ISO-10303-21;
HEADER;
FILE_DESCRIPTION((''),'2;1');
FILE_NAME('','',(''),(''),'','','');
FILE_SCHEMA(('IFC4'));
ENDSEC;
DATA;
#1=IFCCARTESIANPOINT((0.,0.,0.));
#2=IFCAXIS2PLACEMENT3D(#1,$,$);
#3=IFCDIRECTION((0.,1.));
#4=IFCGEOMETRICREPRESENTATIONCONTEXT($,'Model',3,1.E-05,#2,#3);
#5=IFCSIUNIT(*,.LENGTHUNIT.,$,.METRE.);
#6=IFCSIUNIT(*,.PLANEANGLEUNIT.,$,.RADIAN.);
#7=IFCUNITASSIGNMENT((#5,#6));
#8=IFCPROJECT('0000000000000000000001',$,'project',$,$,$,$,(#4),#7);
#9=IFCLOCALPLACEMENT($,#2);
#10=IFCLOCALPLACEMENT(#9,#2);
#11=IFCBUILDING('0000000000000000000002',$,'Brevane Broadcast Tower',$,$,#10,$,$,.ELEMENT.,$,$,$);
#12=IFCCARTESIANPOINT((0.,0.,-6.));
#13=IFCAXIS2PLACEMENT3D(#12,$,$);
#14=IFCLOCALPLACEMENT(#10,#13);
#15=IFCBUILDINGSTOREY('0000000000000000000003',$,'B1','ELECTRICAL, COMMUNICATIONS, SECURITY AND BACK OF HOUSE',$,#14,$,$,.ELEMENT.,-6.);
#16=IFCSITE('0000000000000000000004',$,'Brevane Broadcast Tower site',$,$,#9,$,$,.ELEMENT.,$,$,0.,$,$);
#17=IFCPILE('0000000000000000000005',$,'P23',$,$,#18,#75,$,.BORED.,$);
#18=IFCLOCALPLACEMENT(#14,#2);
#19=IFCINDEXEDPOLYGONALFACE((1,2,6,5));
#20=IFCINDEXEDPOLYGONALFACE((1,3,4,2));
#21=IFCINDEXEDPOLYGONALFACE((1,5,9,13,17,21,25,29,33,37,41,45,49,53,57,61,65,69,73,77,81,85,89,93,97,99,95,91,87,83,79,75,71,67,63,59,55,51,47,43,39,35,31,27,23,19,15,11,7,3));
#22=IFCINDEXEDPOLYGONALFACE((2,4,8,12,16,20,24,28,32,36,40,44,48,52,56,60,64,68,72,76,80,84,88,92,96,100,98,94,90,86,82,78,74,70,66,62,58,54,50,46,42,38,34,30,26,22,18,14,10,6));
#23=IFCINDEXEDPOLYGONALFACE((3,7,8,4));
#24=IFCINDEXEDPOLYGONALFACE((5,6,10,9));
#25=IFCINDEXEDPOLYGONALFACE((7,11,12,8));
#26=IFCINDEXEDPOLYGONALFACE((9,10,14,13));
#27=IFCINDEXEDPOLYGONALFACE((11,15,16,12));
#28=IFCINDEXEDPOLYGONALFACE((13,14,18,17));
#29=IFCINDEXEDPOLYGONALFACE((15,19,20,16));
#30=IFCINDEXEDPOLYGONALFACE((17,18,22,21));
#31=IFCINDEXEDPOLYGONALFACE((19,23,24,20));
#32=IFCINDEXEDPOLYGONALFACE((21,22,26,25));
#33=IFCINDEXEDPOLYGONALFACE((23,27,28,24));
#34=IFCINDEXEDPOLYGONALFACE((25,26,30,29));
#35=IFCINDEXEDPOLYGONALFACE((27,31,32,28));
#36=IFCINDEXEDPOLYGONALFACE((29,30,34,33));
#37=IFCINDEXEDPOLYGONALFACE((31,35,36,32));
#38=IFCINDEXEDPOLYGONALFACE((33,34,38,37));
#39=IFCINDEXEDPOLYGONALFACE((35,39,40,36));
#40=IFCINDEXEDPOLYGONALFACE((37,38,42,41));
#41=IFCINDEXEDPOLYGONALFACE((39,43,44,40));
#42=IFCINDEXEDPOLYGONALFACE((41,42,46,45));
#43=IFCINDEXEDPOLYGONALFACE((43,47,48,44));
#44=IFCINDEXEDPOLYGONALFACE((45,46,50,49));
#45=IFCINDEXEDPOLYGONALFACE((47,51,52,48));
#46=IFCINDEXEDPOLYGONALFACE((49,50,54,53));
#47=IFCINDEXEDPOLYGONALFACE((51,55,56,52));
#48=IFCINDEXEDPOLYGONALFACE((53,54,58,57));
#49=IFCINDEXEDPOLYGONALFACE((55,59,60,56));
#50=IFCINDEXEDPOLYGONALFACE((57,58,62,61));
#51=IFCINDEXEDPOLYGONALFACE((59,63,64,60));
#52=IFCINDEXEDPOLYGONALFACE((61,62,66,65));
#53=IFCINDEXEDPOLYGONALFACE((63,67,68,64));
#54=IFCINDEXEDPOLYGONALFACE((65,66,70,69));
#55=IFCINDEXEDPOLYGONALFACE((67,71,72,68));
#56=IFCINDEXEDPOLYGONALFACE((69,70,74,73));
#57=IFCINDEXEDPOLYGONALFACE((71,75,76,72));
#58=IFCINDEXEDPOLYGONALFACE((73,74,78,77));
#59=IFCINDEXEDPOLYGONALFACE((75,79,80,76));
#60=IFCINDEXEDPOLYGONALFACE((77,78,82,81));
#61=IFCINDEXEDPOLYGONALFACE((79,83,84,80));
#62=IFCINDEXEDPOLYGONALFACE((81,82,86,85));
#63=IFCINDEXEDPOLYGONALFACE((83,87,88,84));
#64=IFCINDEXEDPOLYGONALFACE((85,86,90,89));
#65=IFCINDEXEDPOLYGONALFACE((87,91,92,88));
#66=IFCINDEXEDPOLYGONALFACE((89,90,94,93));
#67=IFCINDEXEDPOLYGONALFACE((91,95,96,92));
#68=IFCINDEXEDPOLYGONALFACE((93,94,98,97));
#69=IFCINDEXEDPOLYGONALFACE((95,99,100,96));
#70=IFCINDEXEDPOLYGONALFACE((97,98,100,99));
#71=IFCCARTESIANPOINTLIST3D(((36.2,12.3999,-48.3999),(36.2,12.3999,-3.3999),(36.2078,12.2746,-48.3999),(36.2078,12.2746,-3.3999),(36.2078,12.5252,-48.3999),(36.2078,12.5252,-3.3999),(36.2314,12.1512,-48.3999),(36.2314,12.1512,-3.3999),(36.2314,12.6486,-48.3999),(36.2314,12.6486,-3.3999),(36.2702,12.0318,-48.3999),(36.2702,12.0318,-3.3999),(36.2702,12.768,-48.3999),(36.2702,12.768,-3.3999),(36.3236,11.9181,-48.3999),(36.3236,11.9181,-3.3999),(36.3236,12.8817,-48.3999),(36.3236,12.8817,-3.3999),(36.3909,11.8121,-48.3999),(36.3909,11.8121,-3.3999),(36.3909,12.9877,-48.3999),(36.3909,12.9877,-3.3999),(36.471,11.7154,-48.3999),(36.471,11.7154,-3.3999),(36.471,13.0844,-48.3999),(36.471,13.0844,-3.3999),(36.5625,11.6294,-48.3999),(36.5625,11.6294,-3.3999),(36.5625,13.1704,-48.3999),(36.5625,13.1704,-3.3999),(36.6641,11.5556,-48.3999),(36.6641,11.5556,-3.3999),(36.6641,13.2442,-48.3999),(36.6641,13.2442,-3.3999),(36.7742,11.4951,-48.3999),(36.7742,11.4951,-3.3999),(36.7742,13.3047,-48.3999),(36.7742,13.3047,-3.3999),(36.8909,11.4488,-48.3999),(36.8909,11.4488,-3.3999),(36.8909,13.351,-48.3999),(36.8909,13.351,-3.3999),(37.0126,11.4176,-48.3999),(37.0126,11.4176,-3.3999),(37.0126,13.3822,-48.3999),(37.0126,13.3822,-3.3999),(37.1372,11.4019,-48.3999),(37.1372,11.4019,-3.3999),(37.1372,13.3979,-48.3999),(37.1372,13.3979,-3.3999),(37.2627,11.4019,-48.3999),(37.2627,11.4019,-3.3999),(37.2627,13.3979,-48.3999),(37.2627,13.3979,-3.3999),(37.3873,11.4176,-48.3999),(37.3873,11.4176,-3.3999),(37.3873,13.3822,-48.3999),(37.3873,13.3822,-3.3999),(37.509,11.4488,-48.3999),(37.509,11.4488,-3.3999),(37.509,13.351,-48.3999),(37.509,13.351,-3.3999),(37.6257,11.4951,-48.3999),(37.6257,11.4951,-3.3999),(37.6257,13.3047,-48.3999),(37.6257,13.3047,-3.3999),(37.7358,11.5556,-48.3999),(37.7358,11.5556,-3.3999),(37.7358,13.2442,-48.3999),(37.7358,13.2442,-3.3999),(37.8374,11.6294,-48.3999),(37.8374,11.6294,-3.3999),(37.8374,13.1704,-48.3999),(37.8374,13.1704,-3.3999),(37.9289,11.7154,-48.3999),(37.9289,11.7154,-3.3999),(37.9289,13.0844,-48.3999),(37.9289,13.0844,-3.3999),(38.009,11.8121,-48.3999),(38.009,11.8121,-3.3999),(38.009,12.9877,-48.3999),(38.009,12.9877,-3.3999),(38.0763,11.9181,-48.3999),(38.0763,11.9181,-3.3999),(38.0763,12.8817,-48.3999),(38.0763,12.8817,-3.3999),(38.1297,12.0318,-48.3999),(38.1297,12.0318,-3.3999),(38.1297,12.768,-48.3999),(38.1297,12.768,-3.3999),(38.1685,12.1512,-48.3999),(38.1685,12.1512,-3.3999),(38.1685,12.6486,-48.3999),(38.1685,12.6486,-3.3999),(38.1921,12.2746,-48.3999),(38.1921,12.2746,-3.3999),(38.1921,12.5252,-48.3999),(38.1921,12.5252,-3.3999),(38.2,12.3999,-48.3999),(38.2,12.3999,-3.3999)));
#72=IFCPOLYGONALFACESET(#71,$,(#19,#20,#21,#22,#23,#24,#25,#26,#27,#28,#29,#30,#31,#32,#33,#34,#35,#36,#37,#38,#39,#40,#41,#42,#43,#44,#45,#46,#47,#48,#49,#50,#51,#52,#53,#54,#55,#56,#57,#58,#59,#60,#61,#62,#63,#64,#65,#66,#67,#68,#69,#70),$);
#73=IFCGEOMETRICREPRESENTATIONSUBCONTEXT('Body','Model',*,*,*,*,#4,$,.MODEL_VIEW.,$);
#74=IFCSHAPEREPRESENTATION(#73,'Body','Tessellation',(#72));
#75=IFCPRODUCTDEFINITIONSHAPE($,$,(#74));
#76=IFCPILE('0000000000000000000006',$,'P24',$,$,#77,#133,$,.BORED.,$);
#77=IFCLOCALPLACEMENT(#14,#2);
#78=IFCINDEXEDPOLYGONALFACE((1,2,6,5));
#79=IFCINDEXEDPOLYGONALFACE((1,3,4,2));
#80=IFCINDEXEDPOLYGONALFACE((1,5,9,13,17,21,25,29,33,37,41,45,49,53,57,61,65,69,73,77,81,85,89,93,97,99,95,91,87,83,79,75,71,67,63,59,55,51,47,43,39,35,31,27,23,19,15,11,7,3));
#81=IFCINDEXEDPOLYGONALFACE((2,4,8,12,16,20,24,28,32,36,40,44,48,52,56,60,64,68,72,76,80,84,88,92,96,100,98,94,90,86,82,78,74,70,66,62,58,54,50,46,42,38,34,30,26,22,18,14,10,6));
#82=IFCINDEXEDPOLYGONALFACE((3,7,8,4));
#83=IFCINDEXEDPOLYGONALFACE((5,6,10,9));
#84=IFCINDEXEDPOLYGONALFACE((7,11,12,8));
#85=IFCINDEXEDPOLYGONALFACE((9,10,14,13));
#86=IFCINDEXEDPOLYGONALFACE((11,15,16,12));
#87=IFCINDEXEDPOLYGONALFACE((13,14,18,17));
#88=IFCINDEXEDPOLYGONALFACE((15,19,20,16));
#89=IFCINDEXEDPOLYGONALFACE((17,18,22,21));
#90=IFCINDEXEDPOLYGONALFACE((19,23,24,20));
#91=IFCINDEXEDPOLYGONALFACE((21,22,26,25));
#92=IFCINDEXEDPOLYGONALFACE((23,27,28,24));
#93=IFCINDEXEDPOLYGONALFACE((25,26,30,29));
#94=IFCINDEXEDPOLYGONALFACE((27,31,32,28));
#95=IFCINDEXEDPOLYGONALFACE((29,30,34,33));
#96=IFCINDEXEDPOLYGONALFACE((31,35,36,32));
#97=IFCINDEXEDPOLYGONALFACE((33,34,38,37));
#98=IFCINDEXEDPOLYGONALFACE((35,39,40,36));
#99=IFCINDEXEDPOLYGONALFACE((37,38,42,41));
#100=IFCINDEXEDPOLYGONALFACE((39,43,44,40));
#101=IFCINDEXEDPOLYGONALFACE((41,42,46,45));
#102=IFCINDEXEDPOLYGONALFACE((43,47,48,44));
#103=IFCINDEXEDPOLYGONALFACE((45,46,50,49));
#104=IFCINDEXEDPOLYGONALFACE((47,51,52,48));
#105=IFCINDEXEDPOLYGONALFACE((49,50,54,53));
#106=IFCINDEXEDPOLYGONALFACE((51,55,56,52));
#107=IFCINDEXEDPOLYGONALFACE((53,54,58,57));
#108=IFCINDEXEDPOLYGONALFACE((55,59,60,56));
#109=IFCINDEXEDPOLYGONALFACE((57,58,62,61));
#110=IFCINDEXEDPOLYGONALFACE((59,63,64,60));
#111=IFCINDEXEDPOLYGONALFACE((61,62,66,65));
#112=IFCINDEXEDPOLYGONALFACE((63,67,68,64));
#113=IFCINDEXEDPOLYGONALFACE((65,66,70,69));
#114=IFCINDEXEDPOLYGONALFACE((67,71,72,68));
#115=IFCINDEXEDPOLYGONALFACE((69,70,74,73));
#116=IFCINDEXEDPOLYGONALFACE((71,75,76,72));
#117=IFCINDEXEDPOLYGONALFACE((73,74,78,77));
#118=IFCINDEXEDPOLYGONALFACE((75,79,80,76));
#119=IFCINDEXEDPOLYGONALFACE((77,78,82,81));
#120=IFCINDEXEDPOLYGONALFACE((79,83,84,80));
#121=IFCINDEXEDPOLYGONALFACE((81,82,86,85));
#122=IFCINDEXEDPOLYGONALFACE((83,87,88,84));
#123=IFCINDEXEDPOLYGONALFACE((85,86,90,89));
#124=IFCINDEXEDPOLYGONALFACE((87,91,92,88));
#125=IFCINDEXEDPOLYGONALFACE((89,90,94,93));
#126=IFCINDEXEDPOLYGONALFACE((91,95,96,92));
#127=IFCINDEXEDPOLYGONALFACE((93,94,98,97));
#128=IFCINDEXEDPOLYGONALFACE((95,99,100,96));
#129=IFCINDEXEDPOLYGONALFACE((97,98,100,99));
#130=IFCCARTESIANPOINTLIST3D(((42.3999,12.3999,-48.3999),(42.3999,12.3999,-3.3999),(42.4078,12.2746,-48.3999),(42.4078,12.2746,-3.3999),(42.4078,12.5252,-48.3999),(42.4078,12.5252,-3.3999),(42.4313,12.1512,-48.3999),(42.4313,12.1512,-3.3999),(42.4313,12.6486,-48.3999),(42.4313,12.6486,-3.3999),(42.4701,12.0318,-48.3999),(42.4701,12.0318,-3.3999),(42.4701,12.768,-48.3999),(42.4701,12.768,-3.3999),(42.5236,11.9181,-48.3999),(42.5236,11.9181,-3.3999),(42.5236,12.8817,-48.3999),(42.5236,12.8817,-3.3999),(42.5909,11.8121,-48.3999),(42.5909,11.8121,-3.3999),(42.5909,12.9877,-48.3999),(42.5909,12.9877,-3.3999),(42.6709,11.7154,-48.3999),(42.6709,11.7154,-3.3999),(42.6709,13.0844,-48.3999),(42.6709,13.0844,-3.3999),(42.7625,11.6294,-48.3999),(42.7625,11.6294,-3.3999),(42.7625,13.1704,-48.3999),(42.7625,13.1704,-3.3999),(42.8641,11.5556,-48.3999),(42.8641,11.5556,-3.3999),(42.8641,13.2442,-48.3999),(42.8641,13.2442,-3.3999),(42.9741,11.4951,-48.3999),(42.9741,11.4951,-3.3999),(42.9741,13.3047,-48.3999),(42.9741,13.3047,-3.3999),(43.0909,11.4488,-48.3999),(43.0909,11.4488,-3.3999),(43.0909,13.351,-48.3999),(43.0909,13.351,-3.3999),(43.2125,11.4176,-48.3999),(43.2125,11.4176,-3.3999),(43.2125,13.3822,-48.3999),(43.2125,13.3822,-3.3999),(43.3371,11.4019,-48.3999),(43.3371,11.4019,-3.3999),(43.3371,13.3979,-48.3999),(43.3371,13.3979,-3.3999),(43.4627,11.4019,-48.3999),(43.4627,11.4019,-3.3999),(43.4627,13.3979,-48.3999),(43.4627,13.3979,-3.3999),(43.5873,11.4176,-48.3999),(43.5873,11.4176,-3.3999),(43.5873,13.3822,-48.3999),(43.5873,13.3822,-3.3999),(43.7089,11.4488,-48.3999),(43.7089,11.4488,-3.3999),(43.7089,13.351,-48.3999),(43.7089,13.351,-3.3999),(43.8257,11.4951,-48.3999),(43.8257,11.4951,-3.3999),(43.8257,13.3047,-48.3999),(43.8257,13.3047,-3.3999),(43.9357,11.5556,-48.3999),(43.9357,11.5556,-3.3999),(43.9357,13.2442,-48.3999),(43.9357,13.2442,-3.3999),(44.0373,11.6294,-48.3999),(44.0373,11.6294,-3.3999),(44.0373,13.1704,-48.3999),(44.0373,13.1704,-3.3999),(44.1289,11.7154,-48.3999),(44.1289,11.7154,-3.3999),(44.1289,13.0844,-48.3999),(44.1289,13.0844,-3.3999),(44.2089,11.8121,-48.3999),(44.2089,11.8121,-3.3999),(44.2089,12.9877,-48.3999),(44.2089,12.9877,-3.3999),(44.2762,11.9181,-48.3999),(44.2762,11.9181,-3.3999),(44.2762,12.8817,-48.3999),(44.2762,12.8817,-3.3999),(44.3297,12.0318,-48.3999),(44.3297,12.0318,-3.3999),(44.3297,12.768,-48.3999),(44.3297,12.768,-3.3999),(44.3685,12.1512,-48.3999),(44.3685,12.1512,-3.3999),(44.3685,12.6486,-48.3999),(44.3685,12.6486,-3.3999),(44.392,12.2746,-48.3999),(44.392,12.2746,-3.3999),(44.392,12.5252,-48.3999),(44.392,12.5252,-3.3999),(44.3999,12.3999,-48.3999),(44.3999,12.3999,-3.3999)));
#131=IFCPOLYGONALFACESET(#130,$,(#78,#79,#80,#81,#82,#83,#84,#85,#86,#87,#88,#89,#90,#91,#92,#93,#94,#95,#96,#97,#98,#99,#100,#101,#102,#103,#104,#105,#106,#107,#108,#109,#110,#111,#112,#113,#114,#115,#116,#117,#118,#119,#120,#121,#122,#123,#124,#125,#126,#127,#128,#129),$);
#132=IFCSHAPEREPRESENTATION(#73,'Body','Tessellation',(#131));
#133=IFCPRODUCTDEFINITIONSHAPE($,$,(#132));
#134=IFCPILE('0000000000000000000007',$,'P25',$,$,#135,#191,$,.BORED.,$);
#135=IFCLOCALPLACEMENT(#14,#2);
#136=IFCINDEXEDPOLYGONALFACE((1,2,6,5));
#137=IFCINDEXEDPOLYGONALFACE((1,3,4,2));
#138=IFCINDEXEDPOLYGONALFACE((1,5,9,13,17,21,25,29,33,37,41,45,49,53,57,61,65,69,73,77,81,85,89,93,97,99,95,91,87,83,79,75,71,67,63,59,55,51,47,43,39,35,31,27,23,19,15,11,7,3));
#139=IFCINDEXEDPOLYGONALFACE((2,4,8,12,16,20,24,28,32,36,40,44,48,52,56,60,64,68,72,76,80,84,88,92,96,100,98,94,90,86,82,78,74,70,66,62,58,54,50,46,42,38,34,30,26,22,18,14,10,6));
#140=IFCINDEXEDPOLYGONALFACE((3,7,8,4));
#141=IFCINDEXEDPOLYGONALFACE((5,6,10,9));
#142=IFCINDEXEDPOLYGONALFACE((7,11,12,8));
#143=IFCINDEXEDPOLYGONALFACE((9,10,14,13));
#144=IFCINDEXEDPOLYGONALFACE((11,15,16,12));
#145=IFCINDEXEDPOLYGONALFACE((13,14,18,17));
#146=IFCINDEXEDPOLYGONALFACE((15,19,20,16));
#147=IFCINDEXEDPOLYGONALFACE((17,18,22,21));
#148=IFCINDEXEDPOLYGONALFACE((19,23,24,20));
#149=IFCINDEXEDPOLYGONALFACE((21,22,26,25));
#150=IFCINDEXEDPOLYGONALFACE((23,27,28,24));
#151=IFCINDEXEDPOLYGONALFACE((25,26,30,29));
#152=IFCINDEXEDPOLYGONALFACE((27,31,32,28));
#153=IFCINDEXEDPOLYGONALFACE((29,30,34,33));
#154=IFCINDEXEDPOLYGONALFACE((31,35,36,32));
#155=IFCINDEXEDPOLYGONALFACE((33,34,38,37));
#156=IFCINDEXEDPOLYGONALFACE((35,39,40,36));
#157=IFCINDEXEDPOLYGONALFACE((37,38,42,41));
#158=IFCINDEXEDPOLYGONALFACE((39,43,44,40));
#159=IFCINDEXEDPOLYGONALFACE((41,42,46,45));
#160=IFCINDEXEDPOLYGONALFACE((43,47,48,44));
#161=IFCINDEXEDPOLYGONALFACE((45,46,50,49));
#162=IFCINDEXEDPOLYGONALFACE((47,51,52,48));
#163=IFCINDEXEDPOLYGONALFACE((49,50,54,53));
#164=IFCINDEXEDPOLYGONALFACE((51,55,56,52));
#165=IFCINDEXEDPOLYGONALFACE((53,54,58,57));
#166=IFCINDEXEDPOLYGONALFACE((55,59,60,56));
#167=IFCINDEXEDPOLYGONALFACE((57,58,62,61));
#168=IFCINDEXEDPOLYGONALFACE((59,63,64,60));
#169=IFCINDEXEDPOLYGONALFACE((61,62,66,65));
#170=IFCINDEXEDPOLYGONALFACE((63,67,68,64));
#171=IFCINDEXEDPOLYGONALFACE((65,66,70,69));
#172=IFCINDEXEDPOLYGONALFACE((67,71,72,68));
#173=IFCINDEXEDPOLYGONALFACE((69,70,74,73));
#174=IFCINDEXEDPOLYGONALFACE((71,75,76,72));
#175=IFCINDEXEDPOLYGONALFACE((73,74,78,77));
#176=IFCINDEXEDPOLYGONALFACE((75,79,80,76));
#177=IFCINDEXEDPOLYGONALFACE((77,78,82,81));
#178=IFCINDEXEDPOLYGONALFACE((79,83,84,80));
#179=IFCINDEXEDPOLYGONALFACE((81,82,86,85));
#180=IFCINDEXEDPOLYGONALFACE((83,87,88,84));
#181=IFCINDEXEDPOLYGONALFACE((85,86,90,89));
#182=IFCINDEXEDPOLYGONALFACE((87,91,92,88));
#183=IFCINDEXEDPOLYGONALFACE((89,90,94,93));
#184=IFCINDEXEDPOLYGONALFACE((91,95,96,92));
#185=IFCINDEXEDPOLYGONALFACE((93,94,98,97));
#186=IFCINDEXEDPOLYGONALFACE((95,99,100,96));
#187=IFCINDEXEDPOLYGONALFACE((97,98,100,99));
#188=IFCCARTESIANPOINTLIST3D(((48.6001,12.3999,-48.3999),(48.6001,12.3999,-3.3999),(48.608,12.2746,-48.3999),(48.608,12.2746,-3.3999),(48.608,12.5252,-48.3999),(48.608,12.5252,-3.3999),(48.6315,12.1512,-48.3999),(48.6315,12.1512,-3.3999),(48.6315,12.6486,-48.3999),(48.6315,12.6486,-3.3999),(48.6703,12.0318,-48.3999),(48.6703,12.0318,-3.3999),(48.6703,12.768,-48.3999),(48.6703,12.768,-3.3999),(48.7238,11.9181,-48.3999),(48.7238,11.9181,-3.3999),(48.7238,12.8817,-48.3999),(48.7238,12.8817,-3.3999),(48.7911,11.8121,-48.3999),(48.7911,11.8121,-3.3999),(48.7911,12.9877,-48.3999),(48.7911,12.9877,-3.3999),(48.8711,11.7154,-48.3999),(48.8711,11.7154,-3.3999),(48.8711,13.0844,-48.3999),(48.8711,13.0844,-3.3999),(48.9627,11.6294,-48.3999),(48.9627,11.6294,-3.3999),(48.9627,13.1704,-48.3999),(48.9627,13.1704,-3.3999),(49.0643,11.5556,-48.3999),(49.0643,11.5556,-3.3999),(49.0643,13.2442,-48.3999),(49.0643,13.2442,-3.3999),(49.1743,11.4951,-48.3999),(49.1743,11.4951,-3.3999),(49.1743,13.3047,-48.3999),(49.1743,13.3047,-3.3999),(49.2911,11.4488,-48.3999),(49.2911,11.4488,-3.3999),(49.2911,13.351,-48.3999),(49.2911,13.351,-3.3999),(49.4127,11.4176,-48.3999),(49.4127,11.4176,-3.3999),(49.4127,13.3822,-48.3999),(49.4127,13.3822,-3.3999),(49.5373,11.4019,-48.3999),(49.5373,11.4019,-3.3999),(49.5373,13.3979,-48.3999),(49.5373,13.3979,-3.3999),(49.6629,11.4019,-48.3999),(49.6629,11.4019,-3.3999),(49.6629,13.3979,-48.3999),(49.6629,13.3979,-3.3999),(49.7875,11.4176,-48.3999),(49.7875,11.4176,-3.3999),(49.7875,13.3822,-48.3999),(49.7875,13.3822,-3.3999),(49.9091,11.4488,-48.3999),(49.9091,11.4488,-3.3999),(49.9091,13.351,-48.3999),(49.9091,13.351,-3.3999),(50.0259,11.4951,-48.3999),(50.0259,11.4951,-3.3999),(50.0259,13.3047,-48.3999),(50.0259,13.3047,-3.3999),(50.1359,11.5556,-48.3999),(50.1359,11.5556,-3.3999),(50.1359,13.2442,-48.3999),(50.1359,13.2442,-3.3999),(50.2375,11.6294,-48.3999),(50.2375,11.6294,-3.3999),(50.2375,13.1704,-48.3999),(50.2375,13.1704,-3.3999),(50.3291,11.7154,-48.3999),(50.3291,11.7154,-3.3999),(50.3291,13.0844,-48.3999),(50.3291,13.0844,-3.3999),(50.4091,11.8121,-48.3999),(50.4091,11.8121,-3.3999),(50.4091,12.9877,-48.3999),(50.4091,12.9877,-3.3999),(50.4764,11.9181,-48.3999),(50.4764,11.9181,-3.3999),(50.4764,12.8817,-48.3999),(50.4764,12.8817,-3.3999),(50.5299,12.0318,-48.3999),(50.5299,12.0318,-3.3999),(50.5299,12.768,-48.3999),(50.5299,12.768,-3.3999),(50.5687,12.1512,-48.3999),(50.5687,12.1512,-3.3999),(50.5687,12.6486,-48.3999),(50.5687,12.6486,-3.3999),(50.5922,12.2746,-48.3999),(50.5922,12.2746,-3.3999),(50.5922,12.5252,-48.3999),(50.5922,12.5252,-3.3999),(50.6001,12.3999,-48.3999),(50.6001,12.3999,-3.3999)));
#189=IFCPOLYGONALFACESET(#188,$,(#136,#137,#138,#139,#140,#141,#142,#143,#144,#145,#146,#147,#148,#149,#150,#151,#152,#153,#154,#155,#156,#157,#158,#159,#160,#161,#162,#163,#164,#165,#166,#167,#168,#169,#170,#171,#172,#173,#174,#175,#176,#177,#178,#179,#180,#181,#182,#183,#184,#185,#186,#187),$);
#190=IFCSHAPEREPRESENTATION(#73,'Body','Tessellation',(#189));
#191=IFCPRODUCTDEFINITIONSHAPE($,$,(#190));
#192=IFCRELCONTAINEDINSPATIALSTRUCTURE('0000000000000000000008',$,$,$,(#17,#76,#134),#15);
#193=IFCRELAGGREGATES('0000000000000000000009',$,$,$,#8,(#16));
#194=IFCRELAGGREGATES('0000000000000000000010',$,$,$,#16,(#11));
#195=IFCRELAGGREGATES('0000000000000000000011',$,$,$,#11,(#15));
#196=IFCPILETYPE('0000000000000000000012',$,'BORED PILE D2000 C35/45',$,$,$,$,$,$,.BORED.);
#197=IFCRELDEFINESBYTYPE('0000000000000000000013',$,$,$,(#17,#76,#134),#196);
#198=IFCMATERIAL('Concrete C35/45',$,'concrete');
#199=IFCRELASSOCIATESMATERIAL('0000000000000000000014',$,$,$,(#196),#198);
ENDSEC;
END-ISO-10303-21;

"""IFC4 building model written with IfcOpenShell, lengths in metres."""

from ifc_helpers import new_model, si_unit, direction, frame, origin, origin_2d, place, context, subcontext, project, spatial, circle, extrude, material, material_profile, profile_set, type_object, element, save


model = new_model("IFC4")

# Units and contexts
model_context = context("Model", 3, precision=1e-05, world=origin(), true_north=direction((0.0, 1.0)))
body_context = subcontext(model_context, "Body", "Model", "MODEL_VIEW")
ifc_project = project(units=[si_unit("LENGTHUNIT", "METRE"), si_unit("PLANEANGLEUNIT", "RADIAN")], contexts=[model_context])

# Site, building, storey
site_placement = place(None, origin())
site = spatial("IfcSite", under=ifc_project, at=site_placement, Name="Brevane Broadcast Tower site", CompositionType="ELEMENT", RefElevation=0.0)
building_placement = place(site_placement, origin())
building = spatial("IfcBuilding", under=site, at=building_placement, Name="Brevane Broadcast Tower", CompositionType="ELEMENT")
storey_placement = place(building_placement, frame((0.0, 0.0, -6.0)))
storey = spatial("IfcBuildingStorey", under=building, at=storey_placement, Name="B1", Description="ELECTRICAL, COMMUNICATIONS, SECURITY AND BACK OF HOUSE", CompositionType="ELEMENT", Elevation=-6.0)

# Piles
ifc_material_1 = material(Name="Concrete C35/45", Category="concrete")
ifc_material_profile_1 = material_profile(ifc_material_1, circle(Radius=1.0, at=origin_2d()), Name="RC D2000")
ifc_profile_set_1 = profile_set([ifc_material_profile_1], Name="Concrete C35/45")
pile_type = type_object("IfcPileType", Name="BORED PILE D2000 C35/45", PredefinedType="BORED", material=ifc_profile_set_1)
for number, where, z_axis, x_axis, name in (
    (1, (37.2, 12.3999, -3.3999), (0.0, 0.0, -1.0), (1.0, 0.0, 0.0), "P23"),
    (2, (43.3999, 12.3999, -3.3999), (0.0, 0.0, -1.0), (1.0, 0.0, 0.0), "P24"),
    (3, (49.6001, 12.3999, -3.3999), (0.0, 0.0, -1.0), (1.0, 0.0, 0.0), "P25"),
):
    element("IfcPile", number, at=place(storey_placement, frame(where, z_axis=z_axis, x_axis=x_axis)), inside=storey, type_object=pile_type, Name=name, PredefinedType="BORED", context=body_context, shape_type="SweptSolid", body=[
        extrude(circle(Radius=1.0, at=origin_2d()), origin(), (0.0, 0.0, 1.0), 45.0),
    ])

save(model, "model.ifc")
